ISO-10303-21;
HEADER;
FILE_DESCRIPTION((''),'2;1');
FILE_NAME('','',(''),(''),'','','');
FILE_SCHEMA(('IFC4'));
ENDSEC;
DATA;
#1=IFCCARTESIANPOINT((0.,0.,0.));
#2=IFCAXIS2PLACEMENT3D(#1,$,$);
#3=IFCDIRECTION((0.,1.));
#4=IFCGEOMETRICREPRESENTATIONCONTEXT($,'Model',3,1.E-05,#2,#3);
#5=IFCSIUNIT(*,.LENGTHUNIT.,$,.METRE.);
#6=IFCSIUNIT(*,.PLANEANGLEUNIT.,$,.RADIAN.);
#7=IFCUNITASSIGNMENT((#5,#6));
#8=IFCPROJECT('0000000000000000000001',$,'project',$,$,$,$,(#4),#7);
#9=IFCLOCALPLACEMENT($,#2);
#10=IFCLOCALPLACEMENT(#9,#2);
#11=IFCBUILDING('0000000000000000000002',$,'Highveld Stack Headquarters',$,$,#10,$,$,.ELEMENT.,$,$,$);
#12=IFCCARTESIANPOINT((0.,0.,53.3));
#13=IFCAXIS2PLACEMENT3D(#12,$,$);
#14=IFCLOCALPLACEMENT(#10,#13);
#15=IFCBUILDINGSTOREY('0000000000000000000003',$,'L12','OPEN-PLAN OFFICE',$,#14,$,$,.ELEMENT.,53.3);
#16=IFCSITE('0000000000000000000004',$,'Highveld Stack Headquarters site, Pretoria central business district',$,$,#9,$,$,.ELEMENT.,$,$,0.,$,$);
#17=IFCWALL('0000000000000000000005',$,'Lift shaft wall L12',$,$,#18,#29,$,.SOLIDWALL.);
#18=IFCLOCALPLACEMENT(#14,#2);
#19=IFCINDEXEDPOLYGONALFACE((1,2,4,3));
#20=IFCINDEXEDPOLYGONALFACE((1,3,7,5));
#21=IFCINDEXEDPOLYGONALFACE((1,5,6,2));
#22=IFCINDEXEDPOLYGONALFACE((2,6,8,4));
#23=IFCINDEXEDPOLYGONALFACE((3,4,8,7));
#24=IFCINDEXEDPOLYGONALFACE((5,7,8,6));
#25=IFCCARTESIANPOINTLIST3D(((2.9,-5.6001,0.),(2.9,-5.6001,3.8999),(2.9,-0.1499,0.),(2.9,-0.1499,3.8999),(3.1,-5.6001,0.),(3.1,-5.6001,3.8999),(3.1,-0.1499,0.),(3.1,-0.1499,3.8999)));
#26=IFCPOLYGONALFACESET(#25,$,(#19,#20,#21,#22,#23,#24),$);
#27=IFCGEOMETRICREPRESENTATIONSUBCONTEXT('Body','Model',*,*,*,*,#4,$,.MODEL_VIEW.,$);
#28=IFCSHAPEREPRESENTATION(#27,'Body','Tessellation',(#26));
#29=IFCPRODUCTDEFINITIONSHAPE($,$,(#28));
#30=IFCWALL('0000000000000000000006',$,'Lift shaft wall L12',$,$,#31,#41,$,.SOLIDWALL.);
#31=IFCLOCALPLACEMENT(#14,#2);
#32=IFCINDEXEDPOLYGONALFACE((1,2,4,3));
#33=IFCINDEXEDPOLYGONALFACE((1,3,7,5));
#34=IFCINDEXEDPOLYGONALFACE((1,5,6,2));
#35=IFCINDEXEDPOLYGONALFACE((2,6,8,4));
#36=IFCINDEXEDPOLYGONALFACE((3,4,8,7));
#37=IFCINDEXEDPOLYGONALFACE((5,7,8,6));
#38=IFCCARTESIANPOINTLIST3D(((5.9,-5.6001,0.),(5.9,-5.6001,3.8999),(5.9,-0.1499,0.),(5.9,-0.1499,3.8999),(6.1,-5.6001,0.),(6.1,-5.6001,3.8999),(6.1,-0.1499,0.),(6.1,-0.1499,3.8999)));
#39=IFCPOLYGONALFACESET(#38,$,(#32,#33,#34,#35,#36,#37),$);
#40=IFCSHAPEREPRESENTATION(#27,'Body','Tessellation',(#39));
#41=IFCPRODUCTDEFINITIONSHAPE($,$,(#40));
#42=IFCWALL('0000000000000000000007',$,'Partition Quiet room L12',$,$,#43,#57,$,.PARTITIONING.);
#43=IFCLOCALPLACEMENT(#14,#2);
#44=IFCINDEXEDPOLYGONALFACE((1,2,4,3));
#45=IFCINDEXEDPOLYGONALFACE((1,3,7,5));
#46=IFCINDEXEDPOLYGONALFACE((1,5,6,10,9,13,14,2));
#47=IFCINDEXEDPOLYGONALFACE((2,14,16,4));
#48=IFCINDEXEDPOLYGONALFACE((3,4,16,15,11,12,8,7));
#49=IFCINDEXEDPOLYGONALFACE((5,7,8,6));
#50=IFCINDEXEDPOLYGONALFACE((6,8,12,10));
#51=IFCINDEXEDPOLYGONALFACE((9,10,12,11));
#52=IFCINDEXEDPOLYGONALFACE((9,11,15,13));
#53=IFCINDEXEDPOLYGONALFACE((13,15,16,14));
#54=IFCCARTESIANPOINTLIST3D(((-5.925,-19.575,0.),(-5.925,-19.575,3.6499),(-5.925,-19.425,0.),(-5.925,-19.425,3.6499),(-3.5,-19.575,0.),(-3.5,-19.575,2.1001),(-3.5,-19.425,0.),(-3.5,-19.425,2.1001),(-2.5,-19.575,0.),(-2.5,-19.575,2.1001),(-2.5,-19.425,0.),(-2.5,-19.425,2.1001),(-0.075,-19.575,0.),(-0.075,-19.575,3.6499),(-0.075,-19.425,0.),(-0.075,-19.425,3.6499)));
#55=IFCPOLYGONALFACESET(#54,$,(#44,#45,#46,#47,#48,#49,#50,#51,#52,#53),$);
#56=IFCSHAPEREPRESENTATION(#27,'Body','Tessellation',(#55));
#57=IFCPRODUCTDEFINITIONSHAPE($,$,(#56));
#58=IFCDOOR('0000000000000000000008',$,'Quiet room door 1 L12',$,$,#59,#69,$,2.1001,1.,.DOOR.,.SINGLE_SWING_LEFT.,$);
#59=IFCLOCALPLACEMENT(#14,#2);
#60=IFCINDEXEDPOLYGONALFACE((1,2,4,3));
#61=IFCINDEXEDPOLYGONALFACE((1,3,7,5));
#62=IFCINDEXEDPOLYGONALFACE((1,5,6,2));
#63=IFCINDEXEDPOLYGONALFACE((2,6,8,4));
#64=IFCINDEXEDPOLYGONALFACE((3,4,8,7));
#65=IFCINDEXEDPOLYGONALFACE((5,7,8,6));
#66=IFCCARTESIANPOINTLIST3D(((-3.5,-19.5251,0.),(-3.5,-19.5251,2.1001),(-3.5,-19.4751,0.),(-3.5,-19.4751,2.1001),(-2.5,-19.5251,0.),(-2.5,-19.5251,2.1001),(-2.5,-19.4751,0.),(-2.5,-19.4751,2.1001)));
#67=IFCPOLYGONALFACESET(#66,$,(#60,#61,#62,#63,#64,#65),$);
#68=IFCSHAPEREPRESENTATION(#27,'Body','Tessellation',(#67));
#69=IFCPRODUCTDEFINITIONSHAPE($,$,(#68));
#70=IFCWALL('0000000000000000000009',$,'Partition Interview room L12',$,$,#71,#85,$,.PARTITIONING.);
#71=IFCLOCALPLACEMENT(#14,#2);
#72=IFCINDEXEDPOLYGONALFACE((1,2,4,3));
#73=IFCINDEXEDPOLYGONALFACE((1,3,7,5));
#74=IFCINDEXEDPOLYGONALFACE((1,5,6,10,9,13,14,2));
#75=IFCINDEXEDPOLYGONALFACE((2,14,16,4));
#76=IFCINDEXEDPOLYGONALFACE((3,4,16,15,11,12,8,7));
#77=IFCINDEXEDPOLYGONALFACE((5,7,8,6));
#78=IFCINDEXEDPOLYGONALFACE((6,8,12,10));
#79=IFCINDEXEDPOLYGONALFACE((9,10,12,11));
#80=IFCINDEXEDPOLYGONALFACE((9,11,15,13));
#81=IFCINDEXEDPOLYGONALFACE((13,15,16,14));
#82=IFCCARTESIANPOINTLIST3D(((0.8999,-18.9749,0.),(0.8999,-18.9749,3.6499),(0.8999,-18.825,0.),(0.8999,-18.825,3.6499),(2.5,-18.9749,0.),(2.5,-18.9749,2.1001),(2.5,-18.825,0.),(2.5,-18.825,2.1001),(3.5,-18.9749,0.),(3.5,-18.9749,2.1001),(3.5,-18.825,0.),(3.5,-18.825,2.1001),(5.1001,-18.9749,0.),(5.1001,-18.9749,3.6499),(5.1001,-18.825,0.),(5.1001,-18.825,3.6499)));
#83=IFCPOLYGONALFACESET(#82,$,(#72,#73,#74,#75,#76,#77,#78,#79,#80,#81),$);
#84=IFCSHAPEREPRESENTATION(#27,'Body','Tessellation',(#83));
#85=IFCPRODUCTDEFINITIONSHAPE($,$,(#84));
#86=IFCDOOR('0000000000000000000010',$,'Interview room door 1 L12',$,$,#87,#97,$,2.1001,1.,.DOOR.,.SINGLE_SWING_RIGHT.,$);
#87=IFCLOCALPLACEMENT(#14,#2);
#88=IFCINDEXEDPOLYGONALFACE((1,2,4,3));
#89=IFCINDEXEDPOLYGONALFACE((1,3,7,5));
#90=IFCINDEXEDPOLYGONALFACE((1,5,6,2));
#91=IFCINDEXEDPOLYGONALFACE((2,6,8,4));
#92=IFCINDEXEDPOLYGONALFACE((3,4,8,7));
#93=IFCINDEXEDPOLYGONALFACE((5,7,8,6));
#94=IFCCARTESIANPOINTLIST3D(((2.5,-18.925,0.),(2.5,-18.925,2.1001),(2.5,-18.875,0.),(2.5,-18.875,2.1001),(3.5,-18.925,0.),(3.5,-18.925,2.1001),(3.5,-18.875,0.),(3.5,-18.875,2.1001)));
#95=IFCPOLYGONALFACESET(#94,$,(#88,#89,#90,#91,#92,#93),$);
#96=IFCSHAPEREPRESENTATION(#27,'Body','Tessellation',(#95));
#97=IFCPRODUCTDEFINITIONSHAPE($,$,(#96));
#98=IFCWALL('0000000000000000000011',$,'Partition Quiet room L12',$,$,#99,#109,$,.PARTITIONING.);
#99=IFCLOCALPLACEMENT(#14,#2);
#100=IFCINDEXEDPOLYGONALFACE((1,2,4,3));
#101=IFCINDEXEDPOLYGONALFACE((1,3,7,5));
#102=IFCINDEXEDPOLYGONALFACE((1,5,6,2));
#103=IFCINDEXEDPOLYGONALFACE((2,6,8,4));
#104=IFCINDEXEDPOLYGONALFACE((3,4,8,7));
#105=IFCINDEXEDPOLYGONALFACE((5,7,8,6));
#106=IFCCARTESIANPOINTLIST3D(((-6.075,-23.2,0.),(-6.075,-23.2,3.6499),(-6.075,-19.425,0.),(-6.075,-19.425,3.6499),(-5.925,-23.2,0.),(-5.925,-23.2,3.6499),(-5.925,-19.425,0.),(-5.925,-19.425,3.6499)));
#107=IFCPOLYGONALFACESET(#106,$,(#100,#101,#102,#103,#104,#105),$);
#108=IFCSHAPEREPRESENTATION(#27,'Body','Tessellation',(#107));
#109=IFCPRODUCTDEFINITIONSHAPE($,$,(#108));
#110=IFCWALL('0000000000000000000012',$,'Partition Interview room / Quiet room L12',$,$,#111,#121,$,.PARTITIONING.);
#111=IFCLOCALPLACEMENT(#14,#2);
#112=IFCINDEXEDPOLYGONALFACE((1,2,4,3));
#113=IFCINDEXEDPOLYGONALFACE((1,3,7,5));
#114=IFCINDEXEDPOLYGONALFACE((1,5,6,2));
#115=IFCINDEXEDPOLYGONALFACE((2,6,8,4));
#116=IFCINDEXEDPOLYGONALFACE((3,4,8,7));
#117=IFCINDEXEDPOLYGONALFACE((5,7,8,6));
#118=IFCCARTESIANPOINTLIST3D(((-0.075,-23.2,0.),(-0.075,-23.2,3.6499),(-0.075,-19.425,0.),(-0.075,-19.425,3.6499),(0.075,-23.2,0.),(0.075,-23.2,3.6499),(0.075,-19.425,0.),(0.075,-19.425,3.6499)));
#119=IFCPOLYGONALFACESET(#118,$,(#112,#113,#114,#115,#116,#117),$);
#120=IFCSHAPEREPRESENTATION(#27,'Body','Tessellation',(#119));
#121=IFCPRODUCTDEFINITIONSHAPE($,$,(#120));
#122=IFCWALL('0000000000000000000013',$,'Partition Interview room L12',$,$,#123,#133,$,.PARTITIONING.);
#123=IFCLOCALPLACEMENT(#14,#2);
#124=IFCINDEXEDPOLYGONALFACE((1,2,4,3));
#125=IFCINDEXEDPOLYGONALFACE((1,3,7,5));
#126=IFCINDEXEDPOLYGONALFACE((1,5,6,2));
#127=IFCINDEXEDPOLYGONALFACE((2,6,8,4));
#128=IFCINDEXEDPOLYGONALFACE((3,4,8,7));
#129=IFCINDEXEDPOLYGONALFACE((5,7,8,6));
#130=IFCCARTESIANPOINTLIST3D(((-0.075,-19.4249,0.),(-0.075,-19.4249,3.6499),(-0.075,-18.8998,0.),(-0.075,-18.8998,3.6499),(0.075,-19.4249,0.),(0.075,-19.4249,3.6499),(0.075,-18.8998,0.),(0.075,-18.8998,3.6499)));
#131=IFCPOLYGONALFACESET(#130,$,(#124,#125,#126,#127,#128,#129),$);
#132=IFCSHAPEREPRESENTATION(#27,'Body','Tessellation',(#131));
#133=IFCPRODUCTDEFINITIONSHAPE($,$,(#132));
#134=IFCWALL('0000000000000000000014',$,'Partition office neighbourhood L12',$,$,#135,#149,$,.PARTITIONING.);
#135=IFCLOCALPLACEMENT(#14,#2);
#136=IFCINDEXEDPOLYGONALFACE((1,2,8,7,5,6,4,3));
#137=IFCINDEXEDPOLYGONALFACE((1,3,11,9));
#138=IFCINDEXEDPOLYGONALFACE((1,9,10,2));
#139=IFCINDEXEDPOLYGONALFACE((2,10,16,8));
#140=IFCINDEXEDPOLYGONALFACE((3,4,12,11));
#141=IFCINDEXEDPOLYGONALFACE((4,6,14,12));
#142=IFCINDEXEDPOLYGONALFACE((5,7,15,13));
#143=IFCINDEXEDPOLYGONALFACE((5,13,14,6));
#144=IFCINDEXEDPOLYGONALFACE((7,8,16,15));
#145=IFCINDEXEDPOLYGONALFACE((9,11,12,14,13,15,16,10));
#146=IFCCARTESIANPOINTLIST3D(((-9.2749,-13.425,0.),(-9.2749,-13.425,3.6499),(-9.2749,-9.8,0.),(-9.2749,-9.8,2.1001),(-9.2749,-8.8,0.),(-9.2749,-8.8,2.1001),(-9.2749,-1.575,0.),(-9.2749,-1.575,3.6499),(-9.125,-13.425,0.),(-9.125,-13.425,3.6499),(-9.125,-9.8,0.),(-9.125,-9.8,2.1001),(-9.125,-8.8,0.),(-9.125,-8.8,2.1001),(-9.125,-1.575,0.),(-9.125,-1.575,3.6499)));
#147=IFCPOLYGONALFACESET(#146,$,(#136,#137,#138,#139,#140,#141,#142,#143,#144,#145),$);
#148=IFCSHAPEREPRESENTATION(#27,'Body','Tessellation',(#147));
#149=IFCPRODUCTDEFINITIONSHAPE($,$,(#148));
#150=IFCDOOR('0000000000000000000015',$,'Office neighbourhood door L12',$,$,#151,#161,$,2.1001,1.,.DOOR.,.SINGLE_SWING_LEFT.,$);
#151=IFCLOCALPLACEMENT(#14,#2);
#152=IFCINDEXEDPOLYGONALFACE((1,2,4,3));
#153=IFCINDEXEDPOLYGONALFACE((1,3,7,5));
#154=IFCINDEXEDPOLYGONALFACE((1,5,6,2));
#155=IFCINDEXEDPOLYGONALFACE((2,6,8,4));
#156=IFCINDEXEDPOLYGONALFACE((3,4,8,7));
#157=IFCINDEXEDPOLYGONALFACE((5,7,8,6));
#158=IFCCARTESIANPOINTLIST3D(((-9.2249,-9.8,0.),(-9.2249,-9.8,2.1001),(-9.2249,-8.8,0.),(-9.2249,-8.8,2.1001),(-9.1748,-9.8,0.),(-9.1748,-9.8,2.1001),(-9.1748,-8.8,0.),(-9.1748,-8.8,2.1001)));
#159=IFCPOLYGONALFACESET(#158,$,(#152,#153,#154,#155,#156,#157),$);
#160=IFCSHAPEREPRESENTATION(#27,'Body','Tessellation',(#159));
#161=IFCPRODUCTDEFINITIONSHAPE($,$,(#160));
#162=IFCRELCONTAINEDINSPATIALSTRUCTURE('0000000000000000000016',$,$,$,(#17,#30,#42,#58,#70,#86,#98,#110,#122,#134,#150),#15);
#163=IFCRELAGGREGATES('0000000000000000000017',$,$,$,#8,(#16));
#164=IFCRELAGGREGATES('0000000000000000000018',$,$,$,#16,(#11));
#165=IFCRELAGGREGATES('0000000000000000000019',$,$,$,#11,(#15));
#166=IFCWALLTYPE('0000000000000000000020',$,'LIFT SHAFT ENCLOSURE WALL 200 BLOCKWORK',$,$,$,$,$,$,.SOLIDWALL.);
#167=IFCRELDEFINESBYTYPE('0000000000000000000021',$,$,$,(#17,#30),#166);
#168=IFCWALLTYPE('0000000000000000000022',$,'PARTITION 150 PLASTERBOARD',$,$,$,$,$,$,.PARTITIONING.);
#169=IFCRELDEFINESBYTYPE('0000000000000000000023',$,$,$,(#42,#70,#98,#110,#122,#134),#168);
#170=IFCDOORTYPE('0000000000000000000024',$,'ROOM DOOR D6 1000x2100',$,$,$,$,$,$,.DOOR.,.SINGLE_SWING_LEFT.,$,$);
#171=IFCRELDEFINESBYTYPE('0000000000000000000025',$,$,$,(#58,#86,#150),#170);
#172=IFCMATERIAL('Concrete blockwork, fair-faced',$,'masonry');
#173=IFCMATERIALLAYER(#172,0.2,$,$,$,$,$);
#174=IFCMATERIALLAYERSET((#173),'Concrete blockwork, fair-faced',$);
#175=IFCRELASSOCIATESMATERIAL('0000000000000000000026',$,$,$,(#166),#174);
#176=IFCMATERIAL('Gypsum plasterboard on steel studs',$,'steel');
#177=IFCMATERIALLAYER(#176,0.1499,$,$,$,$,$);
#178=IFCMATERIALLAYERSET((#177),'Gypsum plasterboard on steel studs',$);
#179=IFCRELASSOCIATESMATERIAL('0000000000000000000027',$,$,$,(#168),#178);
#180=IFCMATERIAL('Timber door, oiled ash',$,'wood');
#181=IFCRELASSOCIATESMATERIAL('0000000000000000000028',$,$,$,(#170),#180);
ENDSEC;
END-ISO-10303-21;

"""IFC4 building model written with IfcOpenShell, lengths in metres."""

from ifc_helpers import new_model, si_unit, direction, frame, frame_2d, origin, place, context, subcontext, project, spatial, rectangle, extrude, material, layer, layer_set, type_object, element, fill, save


model = new_model("IFC4")

# Units and contexts
model_context = context("Model", 3, precision=1e-05, world=origin(), true_north=direction((0.0, 1.0)))
body_context = subcontext(model_context, "Body", "Model", "MODEL_VIEW")
ifc_project = project(units=[si_unit("LENGTHUNIT", "METRE"), si_unit("PLANEANGLEUNIT", "RADIAN")], contexts=[model_context])

# Site, building, storey
site_placement = place(None, origin())
site = spatial("IfcSite", under=ifc_project, at=site_placement, Name="Highveld Stack Headquarters site, Pretoria central business district", CompositionType="ELEMENT", RefElevation=0.0)
building_placement = place(site_placement, origin())
building = spatial("IfcBuilding", under=site, at=building_placement, Name="Highveld Stack Headquarters", CompositionType="ELEMENT")
storey_placement = place(building_placement, frame((0.0, 0.0, 53.3)))
storey = spatial("IfcBuildingStorey", under=building, at=storey_placement, Name="L12", Description="OPEN-PLAN OFFICE", CompositionType="ELEMENT", Elevation=53.3)

# Walls
ifc_material_1 = material(Name="Concrete blockwork, fair-faced", Category="masonry")
ifc_layer_1 = layer(ifc_material_1, 0.2)
ifc_layer_set_1 = layer_set([ifc_layer_1], Name="Concrete blockwork, fair-faced")
wall_type_1 = type_object("IfcWallType", Name="LIFT SHAFT ENCLOSURE WALL 200 BLOCKWORK", PredefinedType="SOLIDWALL", material=ifc_layer_set_1)
for number, where, z_axis, x_axis, name in (
    (1, (3.0, -5.6001, 0.0), (0.0, 0.0, 1.0), (0.0, 1.0, 0.0), "Lift shaft wall L12"),
    (2, (6.0, -5.6001, 0.0), (0.0, 0.0, 1.0), (0.0, 1.0, 0.0), "Lift shaft wall L12"),
):
    element("IfcWall", number, at=place(storey_placement, frame(where, z_axis=z_axis, x_axis=x_axis)), inside=storey, type_object=wall_type_1, Name=name, PredefinedType="SOLIDWALL", context=body_context, shape_type="SweptSolid", body=[
        extrude(rectangle(XDim=5.4502, YDim=0.2, at=frame_2d((2.7251, 0.0))), origin(), (0.0, 0.0, 1.0), 3.8999),
    ])

# Walls, openings, doors
ifc_material_2 = material(Name="Gypsum plasterboard on steel studs", Category="steel")
ifc_layer_2 = layer(ifc_material_2, 0.1499)
ifc_layer_set_2 = layer_set([ifc_layer_2], Name="Gypsum plasterboard on steel studs")
wall_type_2 = type_object("IfcWallType", Name="PARTITION 150 PLASTERBOARD", PredefinedType="PARTITIONING", material=ifc_layer_set_2)
wall_1_placement = place(storey_placement, frame((-5.925, -19.5, 0.0), z_axis=(0.0, 0.0, 1.0), x_axis=(1.0, 0.0, 0.0)))
wall_1 = element("IfcWall", 3, at=wall_1_placement, inside=storey, type_object=wall_type_2, Name="Partition Quiet room L12", PredefinedType="PARTITIONING", context=body_context, shape_type="SweptSolid", body=[
    extrude(rectangle(XDim=5.8501, YDim=0.1499, at=frame_2d((2.925, 0.0))), origin(), (0.0, 0.0, 1.0), 3.6499),
])
opening_1_placement = place(wall_1_placement, frame((2.425, 0.0, 0.0)))
opening_1 = element("IfcOpeningElement", 4, at=opening_1_placement, cuts=wall_1, PredefinedType="OPENING", context=body_context, shape_type="SweptSolid", body=[
    extrude(rectangle(XDim=1.0, YDim=2.1001, at=frame_2d((0.5, 1.05))), frame((0.0, 0.085, 0.0), z_axis=(0.0, -1.0, 0.0), x_axis=(1.0, 0.0, 0.0)), (0.0, 0.0, 1.0), 0.1699),
])
ifc_material_3 = material(Name="Timber door, oiled ash", Category="wood")
door_type_1 = type_object("IfcDoorType", Name="ROOM DOOR D6 1000x2100", OperationType="SINGLE_SWING_LEFT", PredefinedType="DOOR", material=ifc_material_3)
door_1_placement = place(opening_1_placement, origin())
door_1 = element("IfcDoor", 5, at=door_1_placement, inside=storey, type_object=door_type_1, Name="Quiet room door 1 L12", OperationType="SINGLE_SWING_LEFT", OverallHeight=2.1001, OverallWidth=1.0, PredefinedType="DOOR", context=body_context, shape_type="SweptSolid", body=[
    extrude(rectangle(XDim=1.0, YDim=2.1001, at=frame_2d((0.5, 1.05))), frame((0.0, 0.0249, 0.0), z_axis=(0.0, -1.0, 0.0), x_axis=(1.0, 0.0, 0.0)), (0.0, 0.0, 1.0), 0.05),
])
fill(opening_1, door_1)
wall_2_placement = place(storey_placement, frame((0.8999, -18.8999, 0.0), z_axis=(0.0, 0.0, 1.0), x_axis=(1.0, 0.0, 0.0)))
wall_2 = element("IfcWall", 6, at=wall_2_placement, inside=storey, type_object=wall_type_2, Name="Partition Interview room L12", PredefinedType="PARTITIONING", context=body_context, shape_type="SweptSolid", body=[
    extrude(rectangle(XDim=4.2002, YDim=0.1499, at=frame_2d((2.1001, 0.0))), origin(), (0.0, 0.0, 1.0), 3.6499),
])
opening_2_placement = place(wall_2_placement, frame((1.6001, 0.0, 0.0)))
opening_2 = element("IfcOpeningElement", 7, at=opening_2_placement, cuts=wall_2, PredefinedType="OPENING", context=body_context, shape_type="SweptSolid", body=[
    extrude(rectangle(XDim=1.0, YDim=2.1001, at=frame_2d((0.5, 1.05))), frame((0.0, 0.085, 0.0), z_axis=(0.0, -1.0, 0.0), x_axis=(1.0, 0.0, 0.0)), (0.0, 0.0, 1.0), 0.1699),
])
door_2_placement = place(opening_2_placement, origin())
door_2 = element("IfcDoor", 8, at=door_2_placement, inside=storey, type_object=door_type_1, Name="Interview room door 1 L12", OperationType="SINGLE_SWING_RIGHT", OverallHeight=2.1001, OverallWidth=1.0, PredefinedType="DOOR", context=body_context, shape_type="SweptSolid", body=[
    extrude(rectangle(XDim=1.0, YDim=2.1001, at=frame_2d((0.5, 1.05))), frame((0.0, 0.0249, 0.0), z_axis=(0.0, -1.0, 0.0), x_axis=(1.0, 0.0, 0.0)), (0.0, 0.0, 1.0), 0.05),
])
fill(opening_2, door_2)

# Walls
for number, where, z_axis, x_axis, name in (
    (9, (-6.0, -23.2, 0.0), (0.0, 0.0, 1.0), (0.0, 1.0, 0.0), "Partition Quiet room L12"),
    (10, (0.0, -23.2, 0.0), (0.0, 0.0, 1.0), (0.0, 1.0, 0.0), "Partition Interview room / Quiet room L12"),
):
    element("IfcWall", number, at=place(storey_placement, frame(where, z_axis=z_axis, x_axis=x_axis)), inside=storey, type_object=wall_type_2, Name=name, PredefinedType="PARTITIONING", context=body_context, shape_type="SweptSolid", body=[
        extrude(rectangle(XDim=3.7749, YDim=0.1499, at=frame_2d((1.8875, 0.0))), origin(), (0.0, 0.0, 1.0), 3.6499),
    ])
wall_3_placement = place(storey_placement, frame((0.0, -19.425, 0.0), z_axis=(0.0, 0.0, 1.0), x_axis=(0.0, 1.0, 0.0)))
element("IfcWall", 11, at=wall_3_placement, inside=storey, type_object=wall_type_2, Name="Partition Interview room L12", PredefinedType="PARTITIONING", context=body_context, shape_type="SweptSolid", body=[
    extrude(rectangle(XDim=0.5251, YDim=0.1499, at=frame_2d((0.2627, 0.0))), origin(), (0.0, 0.0, 1.0), 3.6499),
])

# Wall, opening, door
wall_4_placement = place(storey_placement, frame((-9.2, -13.425, 0.0), z_axis=(0.0, 0.0, 1.0), x_axis=(0.0, 1.0, 0.0)))
wall_4 = element("IfcWall", 12, at=wall_4_placement, inside=storey, type_object=wall_type_2, Name="Partition office neighbourhood L12", PredefinedType="PARTITIONING", context=body_context, shape_type="SweptSolid", body=[
    extrude(rectangle(XDim=11.8501, YDim=0.1499, at=frame_2d((5.925, 0.0))), origin(), (0.0, 0.0, 1.0), 3.6499),
])
opening_3_placement = place(wall_4_placement, frame((3.625, 0.0, 0.0)))
opening_3 = element("IfcOpeningElement", 13, at=opening_3_placement, cuts=wall_4, PredefinedType="OPENING", context=body_context, shape_type="SweptSolid", body=[
    extrude(rectangle(XDim=1.0, YDim=2.1001, at=frame_2d((0.5, 1.05))), frame((0.0, 0.085, 0.0), z_axis=(0.0, -1.0, 0.0), x_axis=(1.0, 0.0, 0.0)), (0.0, 0.0, 1.0), 0.1699),
])
door_3_placement = place(opening_3_placement, origin())
door_3 = element("IfcDoor", 14, at=door_3_placement, inside=storey, type_object=door_type_1, Name="Office neighbourhood door L12", OperationType="SINGLE_SWING_LEFT", OverallHeight=2.1001, OverallWidth=1.0, PredefinedType="DOOR", context=body_context, shape_type="SweptSolid", body=[
    extrude(rectangle(XDim=1.0, YDim=2.1001, at=frame_2d((0.5, 1.05))), frame((0.0, 0.0249, 0.0), z_axis=(0.0, -1.0, 0.0), x_axis=(1.0, 0.0, 0.0)), (0.0, 0.0, 1.0), 0.05),
])
fill(opening_3, door_3)

save(model, "model.ifc")
